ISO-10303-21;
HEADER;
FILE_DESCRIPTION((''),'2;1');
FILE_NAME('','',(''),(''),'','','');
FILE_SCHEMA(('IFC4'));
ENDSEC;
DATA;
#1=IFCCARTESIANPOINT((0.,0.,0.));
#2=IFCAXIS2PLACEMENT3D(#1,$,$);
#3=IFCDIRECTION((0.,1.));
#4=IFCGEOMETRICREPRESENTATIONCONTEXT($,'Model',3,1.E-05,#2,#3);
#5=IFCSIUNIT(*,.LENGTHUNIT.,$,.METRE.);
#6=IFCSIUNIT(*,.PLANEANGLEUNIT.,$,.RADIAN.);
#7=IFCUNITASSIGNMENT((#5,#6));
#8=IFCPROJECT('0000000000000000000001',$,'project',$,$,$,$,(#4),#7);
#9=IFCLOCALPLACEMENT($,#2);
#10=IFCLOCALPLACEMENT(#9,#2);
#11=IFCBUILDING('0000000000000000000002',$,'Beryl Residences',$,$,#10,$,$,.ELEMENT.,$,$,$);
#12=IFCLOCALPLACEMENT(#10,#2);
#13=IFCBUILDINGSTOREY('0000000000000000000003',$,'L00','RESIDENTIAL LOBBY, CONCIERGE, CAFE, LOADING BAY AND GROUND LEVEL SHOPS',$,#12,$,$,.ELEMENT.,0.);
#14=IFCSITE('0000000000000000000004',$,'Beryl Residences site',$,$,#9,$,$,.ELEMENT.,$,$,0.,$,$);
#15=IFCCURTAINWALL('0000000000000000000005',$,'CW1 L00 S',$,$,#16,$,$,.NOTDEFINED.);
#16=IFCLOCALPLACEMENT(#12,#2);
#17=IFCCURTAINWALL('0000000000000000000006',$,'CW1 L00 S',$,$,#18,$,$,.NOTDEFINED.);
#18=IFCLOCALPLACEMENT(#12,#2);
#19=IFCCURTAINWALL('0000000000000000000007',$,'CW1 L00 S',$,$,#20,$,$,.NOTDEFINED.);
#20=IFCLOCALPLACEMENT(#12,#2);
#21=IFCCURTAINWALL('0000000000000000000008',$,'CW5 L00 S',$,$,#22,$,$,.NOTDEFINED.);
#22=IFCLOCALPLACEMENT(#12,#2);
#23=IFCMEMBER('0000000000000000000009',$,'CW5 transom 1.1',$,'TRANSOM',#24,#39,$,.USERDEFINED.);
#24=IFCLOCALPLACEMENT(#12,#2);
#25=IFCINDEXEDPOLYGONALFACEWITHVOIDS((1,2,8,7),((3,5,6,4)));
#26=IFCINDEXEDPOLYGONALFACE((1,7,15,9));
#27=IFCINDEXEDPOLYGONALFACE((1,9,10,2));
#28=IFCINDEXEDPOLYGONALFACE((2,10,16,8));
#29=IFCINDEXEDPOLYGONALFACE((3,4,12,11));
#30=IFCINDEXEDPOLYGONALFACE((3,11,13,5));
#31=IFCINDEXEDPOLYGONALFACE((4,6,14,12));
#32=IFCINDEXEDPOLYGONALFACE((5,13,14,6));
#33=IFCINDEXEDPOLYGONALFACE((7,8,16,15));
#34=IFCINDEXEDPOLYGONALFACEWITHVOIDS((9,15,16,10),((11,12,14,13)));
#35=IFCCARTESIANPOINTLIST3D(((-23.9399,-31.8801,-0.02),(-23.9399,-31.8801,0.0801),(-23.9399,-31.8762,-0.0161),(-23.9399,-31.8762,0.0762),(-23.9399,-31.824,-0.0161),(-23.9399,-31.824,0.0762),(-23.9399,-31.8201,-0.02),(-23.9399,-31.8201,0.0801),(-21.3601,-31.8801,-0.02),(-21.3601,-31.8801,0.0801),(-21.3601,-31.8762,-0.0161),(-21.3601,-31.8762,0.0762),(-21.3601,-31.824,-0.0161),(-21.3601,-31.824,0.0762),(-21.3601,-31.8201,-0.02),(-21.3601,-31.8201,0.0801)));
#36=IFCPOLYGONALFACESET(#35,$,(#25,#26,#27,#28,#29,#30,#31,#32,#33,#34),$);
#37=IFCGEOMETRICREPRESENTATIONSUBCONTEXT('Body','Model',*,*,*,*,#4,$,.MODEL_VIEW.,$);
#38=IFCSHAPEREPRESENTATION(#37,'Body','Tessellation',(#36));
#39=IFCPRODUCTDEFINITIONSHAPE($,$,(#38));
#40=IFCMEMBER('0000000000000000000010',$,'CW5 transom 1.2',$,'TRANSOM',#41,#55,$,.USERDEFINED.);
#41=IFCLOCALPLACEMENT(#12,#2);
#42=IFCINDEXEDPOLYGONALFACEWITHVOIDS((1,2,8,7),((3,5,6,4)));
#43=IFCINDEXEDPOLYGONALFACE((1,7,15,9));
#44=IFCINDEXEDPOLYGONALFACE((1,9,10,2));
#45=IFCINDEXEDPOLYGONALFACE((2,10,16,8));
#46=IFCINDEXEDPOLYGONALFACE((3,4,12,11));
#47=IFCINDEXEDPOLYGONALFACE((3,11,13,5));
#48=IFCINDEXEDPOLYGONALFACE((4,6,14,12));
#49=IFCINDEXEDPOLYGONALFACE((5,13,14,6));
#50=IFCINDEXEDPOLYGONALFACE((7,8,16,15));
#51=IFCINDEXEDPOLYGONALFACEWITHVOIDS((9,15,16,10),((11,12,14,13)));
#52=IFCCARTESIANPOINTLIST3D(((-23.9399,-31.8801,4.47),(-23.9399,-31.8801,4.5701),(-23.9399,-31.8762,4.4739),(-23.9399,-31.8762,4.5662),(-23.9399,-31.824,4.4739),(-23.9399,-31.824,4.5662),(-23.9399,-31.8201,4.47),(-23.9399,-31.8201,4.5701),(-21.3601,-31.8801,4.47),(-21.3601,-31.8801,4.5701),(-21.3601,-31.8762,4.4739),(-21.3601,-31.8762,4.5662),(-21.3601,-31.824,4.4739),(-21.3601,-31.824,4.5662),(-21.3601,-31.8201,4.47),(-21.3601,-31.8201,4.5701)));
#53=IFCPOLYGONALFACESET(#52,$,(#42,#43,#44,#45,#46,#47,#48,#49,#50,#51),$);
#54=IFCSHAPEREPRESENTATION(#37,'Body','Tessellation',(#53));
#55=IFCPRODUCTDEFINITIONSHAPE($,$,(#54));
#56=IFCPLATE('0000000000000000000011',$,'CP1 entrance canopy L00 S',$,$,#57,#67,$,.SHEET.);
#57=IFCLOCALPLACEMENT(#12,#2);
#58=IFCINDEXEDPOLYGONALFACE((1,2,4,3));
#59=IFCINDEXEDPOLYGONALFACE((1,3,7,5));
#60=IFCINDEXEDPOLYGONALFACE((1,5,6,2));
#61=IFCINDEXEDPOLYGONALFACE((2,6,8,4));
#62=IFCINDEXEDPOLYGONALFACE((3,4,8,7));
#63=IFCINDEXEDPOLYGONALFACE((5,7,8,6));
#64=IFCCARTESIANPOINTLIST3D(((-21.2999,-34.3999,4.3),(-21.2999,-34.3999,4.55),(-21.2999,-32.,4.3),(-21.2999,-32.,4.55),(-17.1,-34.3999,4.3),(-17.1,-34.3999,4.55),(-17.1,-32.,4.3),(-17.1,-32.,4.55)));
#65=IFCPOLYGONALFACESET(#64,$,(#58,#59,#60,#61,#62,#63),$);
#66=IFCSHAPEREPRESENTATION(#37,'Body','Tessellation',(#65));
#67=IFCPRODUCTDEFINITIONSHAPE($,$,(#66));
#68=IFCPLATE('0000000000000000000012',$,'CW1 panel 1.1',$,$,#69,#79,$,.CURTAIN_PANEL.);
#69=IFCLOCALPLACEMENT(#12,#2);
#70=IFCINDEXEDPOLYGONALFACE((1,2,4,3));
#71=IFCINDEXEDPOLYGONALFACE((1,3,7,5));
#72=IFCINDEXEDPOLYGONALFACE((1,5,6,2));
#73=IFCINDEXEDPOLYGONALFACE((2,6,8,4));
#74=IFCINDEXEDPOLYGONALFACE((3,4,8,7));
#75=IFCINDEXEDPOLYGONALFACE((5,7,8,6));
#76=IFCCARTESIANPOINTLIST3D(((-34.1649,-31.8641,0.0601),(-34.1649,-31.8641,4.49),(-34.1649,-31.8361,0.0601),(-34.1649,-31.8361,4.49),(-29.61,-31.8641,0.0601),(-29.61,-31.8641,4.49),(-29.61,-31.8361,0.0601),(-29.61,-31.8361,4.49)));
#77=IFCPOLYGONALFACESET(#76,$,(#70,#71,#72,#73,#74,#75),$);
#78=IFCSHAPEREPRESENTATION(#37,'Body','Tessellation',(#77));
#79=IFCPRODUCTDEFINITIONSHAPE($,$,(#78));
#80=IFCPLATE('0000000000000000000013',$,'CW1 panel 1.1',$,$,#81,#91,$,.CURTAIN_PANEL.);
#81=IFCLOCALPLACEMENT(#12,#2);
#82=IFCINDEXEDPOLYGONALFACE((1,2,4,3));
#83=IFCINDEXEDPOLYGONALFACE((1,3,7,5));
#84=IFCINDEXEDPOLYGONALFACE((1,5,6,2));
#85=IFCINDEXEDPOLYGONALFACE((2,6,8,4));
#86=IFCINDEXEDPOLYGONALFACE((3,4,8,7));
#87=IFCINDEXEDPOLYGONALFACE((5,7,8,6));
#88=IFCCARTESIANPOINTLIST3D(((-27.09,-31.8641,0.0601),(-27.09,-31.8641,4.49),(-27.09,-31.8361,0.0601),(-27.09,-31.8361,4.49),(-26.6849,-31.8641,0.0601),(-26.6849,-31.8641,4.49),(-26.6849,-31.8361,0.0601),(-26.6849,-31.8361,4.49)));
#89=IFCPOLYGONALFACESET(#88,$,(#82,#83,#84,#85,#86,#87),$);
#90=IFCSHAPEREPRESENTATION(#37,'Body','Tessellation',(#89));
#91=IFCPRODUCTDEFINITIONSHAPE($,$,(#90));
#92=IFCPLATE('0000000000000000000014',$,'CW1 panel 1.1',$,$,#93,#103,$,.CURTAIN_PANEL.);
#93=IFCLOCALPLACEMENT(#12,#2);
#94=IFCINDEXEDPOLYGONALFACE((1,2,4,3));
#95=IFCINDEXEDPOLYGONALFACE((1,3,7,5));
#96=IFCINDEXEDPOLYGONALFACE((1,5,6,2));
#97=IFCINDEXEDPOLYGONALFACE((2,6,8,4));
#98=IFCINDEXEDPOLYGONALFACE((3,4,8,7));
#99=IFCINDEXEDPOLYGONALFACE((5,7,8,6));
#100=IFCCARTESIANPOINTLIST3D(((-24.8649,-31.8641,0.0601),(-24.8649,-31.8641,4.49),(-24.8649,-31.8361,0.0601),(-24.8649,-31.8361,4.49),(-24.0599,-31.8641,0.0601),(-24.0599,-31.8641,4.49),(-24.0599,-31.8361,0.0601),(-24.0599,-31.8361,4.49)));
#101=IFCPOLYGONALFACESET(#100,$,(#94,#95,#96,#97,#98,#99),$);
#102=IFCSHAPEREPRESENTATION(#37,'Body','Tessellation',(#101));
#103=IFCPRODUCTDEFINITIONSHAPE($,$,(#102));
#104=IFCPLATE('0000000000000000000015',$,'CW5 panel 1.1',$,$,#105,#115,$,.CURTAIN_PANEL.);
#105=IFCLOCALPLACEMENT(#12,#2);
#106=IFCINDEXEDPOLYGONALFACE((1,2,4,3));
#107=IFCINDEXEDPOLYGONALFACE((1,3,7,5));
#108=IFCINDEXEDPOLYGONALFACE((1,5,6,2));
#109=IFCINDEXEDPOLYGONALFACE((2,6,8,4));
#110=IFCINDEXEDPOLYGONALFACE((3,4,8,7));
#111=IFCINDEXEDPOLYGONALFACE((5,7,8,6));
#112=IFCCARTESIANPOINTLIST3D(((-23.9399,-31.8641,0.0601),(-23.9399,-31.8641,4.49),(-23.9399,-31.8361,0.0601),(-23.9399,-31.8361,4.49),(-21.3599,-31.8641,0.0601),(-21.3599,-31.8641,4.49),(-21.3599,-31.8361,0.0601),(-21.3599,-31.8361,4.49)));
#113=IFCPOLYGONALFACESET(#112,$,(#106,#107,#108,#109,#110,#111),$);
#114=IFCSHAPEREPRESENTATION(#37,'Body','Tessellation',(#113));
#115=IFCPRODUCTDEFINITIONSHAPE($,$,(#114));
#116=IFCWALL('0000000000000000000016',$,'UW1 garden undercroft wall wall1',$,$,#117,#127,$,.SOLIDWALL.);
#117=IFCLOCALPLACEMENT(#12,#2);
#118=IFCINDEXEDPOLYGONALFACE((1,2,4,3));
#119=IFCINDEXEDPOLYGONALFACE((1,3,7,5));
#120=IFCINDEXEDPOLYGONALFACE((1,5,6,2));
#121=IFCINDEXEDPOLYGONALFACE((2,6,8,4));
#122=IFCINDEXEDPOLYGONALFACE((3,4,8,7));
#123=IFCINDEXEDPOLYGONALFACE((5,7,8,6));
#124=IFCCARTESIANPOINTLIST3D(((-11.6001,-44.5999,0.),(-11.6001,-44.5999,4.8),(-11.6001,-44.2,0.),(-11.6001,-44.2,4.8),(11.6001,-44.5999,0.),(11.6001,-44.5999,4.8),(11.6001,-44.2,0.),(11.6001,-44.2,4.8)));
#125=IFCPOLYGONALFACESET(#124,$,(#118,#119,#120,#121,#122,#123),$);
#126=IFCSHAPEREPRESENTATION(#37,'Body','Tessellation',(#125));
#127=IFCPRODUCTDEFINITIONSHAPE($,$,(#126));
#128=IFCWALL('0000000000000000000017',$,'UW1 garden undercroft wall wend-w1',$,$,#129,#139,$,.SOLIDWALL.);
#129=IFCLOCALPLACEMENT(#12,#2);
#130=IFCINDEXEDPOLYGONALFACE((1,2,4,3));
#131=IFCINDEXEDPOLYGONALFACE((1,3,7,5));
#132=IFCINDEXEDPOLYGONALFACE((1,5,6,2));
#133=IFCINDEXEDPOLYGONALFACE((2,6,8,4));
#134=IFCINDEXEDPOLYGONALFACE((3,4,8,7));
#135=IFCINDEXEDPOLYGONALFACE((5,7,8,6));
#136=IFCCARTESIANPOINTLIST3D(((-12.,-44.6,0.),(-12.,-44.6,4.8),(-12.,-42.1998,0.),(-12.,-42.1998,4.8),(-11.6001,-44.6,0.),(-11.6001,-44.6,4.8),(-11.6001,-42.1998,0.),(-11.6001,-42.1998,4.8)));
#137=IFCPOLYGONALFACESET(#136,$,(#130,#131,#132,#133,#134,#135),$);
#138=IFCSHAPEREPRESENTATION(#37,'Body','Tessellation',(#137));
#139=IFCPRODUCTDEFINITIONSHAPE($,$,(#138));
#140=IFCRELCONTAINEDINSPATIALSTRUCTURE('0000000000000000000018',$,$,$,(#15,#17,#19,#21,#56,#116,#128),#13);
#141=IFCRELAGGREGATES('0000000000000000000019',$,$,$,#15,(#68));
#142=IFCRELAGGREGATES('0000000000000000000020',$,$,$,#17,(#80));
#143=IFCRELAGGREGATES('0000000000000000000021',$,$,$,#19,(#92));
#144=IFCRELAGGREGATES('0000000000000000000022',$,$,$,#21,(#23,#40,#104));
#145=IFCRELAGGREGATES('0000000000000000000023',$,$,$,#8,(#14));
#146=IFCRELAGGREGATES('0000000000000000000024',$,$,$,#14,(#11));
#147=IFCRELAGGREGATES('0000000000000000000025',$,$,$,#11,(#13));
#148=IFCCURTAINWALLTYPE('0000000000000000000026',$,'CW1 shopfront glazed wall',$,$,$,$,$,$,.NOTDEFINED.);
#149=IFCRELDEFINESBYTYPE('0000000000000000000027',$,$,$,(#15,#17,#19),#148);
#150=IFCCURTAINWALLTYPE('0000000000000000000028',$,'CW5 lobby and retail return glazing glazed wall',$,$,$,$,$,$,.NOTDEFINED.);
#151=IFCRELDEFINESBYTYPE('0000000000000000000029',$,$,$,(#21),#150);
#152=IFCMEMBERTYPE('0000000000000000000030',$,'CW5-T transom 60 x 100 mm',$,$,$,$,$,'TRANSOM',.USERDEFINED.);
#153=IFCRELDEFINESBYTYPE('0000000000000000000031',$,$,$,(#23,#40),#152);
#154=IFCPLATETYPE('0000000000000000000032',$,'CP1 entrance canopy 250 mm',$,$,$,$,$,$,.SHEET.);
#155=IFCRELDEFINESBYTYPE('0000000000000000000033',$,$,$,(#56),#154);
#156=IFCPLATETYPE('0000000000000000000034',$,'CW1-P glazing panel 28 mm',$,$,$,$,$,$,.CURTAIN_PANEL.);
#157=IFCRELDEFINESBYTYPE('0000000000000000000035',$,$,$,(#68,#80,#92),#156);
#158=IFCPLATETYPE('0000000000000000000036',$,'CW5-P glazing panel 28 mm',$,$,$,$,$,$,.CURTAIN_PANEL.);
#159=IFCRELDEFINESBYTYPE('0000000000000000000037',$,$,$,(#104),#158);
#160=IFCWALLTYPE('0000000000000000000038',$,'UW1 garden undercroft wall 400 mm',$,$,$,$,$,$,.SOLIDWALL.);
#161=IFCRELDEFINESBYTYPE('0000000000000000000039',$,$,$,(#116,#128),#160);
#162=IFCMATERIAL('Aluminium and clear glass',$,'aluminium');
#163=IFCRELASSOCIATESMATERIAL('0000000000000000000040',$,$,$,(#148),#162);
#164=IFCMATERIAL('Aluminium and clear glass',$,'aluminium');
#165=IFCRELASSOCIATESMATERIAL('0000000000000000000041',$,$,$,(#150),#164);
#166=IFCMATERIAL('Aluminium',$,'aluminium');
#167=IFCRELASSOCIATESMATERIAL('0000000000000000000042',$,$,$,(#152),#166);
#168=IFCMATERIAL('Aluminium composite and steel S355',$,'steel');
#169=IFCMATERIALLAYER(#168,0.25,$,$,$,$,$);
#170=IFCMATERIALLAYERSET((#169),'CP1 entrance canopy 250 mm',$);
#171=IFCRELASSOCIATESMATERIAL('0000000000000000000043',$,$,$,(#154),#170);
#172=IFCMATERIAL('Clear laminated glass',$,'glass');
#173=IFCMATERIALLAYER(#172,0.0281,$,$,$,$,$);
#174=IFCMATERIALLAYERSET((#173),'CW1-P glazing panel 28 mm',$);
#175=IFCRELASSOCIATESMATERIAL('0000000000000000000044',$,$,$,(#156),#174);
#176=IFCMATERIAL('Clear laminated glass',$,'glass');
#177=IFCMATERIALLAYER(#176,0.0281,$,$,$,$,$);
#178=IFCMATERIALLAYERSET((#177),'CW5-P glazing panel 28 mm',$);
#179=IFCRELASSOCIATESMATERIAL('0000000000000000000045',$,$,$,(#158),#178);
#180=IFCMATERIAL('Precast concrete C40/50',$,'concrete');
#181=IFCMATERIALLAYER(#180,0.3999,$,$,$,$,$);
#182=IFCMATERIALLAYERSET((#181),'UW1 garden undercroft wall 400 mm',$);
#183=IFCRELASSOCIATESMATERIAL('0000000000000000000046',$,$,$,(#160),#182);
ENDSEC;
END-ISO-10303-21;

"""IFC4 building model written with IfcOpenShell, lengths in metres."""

from ifc_helpers import new_model, si_unit, direction, frame, frame_2d, origin, origin_2d, place, context, subcontext, project, spatial, rectangle, hollow_rectangle, extrude, material, layer, layer_set, material_profile, profile_set, type_object, element, aggregate, save


model = new_model("IFC4")

# Units and contexts
model_context = context("Model", 3, precision=1e-05, world=origin(), true_north=direction((0.0, 1.0)))
body_context = subcontext(model_context, "Body", "Model", "MODEL_VIEW")
ifc_project = project(units=[si_unit("LENGTHUNIT", "METRE"), si_unit("PLANEANGLEUNIT", "RADIAN")], contexts=[model_context])

# Site, building, storey
site_placement = place(None, origin())
site = spatial("IfcSite", under=ifc_project, at=site_placement, Name="Beryl Residences site", CompositionType="ELEMENT", RefElevation=0.0)
building_placement = place(site_placement, origin())
building = spatial("IfcBuilding", under=site, at=building_placement, Name="Beryl Residences", CompositionType="ELEMENT")
storey_placement = place(building_placement, origin())
storey = spatial("IfcBuildingStorey", under=building, at=storey_placement, Name="L00", Description="RESIDENTIAL LOBBY, CONCIERGE, CAFE, LOADING BAY AND GROUND LEVEL SHOPS", CompositionType="ELEMENT", Elevation=0.0)

# Curtain wall
ifc_material_1 = material(Name="Aluminium and clear glass", Category="aluminium")
curtain_wall_type_1 = type_object("IfcCurtainWallType", Name="CW1 shopfront glazed wall", PredefinedType="NOTDEFINED", material=ifc_material_1)
curtain_wall_1_placement = place(storey_placement, origin())
curtain_wall_1 = element("IfcCurtainWall", 1, at=curtain_wall_1_placement, inside=storey, type_object=curtain_wall_type_1, Name="CW1 L00 S", PredefinedType="NOTDEFINED")

# Curtain walls
curtain_wall_2_placement = place(storey_placement, origin())
curtain_wall_2 = element("IfcCurtainWall", 2, at=curtain_wall_2_placement, inside=storey, type_object=curtain_wall_type_1, Name="CW1 L00 S", PredefinedType="NOTDEFINED")
curtain_wall_3_placement = place(storey_placement, origin())
curtain_wall_3 = element("IfcCurtainWall", 3, at=curtain_wall_3_placement, inside=storey, type_object=curtain_wall_type_1, Name="CW1 L00 S", PredefinedType="NOTDEFINED")

# Curtain wall, members
ifc_material_2 = material(Name="Aluminium and clear glass", Category="aluminium")
curtain_wall_type_2 = type_object("IfcCurtainWallType", Name="CW5 lobby and retail return glazing glazed wall", PredefinedType="NOTDEFINED", material=ifc_material_2)
curtain_wall_4_placement = place(storey_placement, origin())
curtain_wall_4 = element("IfcCurtainWall", 4, at=curtain_wall_4_placement, inside=storey, type_object=curtain_wall_type_2, Name="CW5 L00 S", PredefinedType="NOTDEFINED")
ifc_material_3 = material(Name="Aluminium", Category="aluminium")
ifc_material_profile_1 = material_profile(ifc_material_3, hollow_rectangle(XDim=0.0601, YDim=0.1001, WallThickness=0.0039, at=origin_2d()))
ifc_profile_set_1 = profile_set([ifc_material_profile_1], Name="Aluminium")
member_type_1 = type_object("IfcMemberType", Name="CW5-T transom 60 x 100 mm", ElementType="TRANSOM", PredefinedType="USERDEFINED", material=ifc_profile_set_1)
member_1_placement = place(storey_placement, frame((-23.9399, -31.8501, 0.03), z_axis=(1.0, 0.0, 0.0), x_axis=(0.0, 1.0, 0.0)))
member_1 = element("IfcMember", 5, at=member_1_placement, type_object=member_type_1, Name="CW5 transom 1.1", ObjectType="TRANSOM", PredefinedType="USERDEFINED", context=body_context, shape_type="SweptSolid", body=[
    extrude(hollow_rectangle(XDim=0.0601, YDim=0.1001, WallThickness=0.0039, at=origin_2d()), origin(), (0.0, 0.0, 1.0), 2.5798),
])
member_2_placement = place(storey_placement, frame((-23.9399, -31.8501, 4.52), z_axis=(1.0, 0.0, 0.0), x_axis=(0.0, 1.0, 0.0)))
member_2 = element("IfcMember", 6, at=member_2_placement, type_object=member_type_1, Name="CW5 transom 1.2", ObjectType="TRANSOM", PredefinedType="USERDEFINED", context=body_context, shape_type="SweptSolid", body=[
    extrude(hollow_rectangle(XDim=0.0601, YDim=0.1001, WallThickness=0.0039, at=origin_2d()), origin(), (0.0, 0.0, 1.0), 2.5798),
])

# Plates
ifc_material_4 = material(Name="Aluminium composite and steel S355", Category="steel")
ifc_layer_1 = layer(ifc_material_4, 0.25)
ifc_layer_set_1 = layer_set([ifc_layer_1], Name="CP1 entrance canopy 250 mm")
plate_type_1 = type_object("IfcPlateType", Name="CP1 entrance canopy 250 mm", PredefinedType="SHEET", material=ifc_layer_set_1)
plate_1_placement = place(storey_placement, frame((-19.2, -33.2, 4.3), z_axis=(0.0, 0.0, 1.0), x_axis=(0.0, -1.0, 0.0)))
element("IfcPlate", 7, at=plate_1_placement, inside=storey, type_object=plate_type_1, Name="CP1 entrance canopy L00 S", PredefinedType="SHEET", context=body_context, shape_type="SweptSolid", body=[
    extrude(rectangle(XDim=2.3999, YDim=4.2, at=origin_2d()), origin(), (0.0, 0.0, 1.0), 0.25),
])
ifc_material_5 = material(Name="Clear laminated glass", Category="glass")
ifc_layer_2 = layer(ifc_material_5, 0.0281)
ifc_layer_set_2 = layer_set([ifc_layer_2], Name="CW1-P glazing panel 28 mm")
plate_type_2 = type_object("IfcPlateType", Name="CW1-P glazing panel 28 mm", PredefinedType="CURTAIN_PANEL", material=ifc_layer_set_2)
plate_2_placement = place(storey_placement, frame((-31.8875, -31.8501, 0.0601), z_axis=(0.0, 0.0, 1.0), x_axis=(1.0, 0.0, 0.0)))
plate_2 = element("IfcPlate", 8, at=plate_2_placement, type_object=plate_type_2, Name="CW1 panel 1.1", PredefinedType="CURTAIN_PANEL", context=body_context, shape_type="SweptSolid", body=[
    extrude(rectangle(XDim=4.5549, YDim=0.0281, at=origin_2d()), origin(), (0.0, 0.0, 1.0), 4.4299),
])
aggregate(curtain_wall_1, [plate_2])
plate_3_placement = place(storey_placement, frame((-26.8875, -31.8501, 0.0601), z_axis=(0.0, 0.0, 1.0), x_axis=(1.0, 0.0, 0.0)))
plate_3 = element("IfcPlate", 9, at=plate_3_placement, type_object=plate_type_2, Name="CW1 panel 1.1", PredefinedType="CURTAIN_PANEL", context=body_context, shape_type="SweptSolid", body=[
    extrude(rectangle(XDim=0.405, YDim=0.0281, at=origin_2d()), origin(), (0.0, 0.0, 1.0), 4.4299),
])
aggregate(curtain_wall_2, [plate_3])
plate_4_placement = place(storey_placement, frame((-24.4624, -31.8501, 0.0601), z_axis=(0.0, 0.0, 1.0), x_axis=(1.0, 0.0, 0.0)))
plate_4 = element("IfcPlate", 10, at=plate_4_placement, type_object=plate_type_2, Name="CW1 panel 1.1", PredefinedType="CURTAIN_PANEL", context=body_context, shape_type="SweptSolid", body=[
    extrude(rectangle(XDim=0.8049, YDim=0.0281, at=origin_2d()), origin(), (0.0, 0.0, 1.0), 4.4299),
])
aggregate(curtain_wall_3, [plate_4])
ifc_material_6 = material(Name="Clear laminated glass", Category="glass")
ifc_layer_3 = layer(ifc_material_6, 0.0281)
ifc_layer_set_3 = layer_set([ifc_layer_3], Name="CW5-P glazing panel 28 mm")
plate_type_3 = type_object("IfcPlateType", Name="CW5-P glazing panel 28 mm", PredefinedType="CURTAIN_PANEL", material=ifc_layer_set_3)
plate_5_placement = place(storey_placement, frame((-22.6499, -31.8501, 0.0601), z_axis=(0.0, 0.0, 1.0), x_axis=(1.0, 0.0, 0.0)))
plate_5 = element("IfcPlate", 11, at=plate_5_placement, type_object=plate_type_3, Name="CW5 panel 1.1", PredefinedType="CURTAIN_PANEL", context=body_context, shape_type="SweptSolid", body=[
    extrude(rectangle(XDim=2.5801, YDim=0.0281, at=origin_2d()), origin(), (0.0, 0.0, 1.0), 4.4299),
])
aggregate(curtain_wall_4, [member_1, member_2, plate_5])

# Walls
ifc_material_7 = material(Name="Precast concrete C40/50", Category="concrete")
ifc_layer_4 = layer(ifc_material_7, 0.3999)
ifc_layer_set_4 = layer_set([ifc_layer_4], Name="UW1 garden undercroft wall 400 mm")
wall_type_1 = type_object("IfcWallType", Name="UW1 garden undercroft wall 400 mm", PredefinedType="SOLIDWALL", material=ifc_layer_set_4)
wall_1_placement = place(storey_placement, frame((-11.6001, -44.3999, 0.0), z_axis=(0.0, 0.0, 1.0), x_axis=(1.0, 0.0, 0.0)))
element("IfcWall", 12, at=wall_1_placement, inside=storey, type_object=wall_type_1, Name="UW1 garden undercroft wall wall1", PredefinedType="SOLIDWALL", context=body_context, shape_type="SweptSolid", body=[
    extrude(rectangle(XDim=23.2002, YDim=0.3999, at=frame_2d((11.6001, 0.0))), origin(), (0.0, 0.0, 1.0), 4.8),
])
wall_2_placement = place(storey_placement, frame((-11.8, -44.6001, 0.0), z_axis=(0.0, 0.0, 1.0), x_axis=(0.0, 1.0, 0.0)))
element("IfcWall", 13, at=wall_2_placement, inside=storey, type_object=wall_type_1, Name="UW1 garden undercroft wall wend-w1", PredefinedType="SOLIDWALL", context=body_context, shape_type="SweptSolid", body=[
    extrude(rectangle(XDim=2.4001, YDim=0.3999, at=frame_2d((1.2002, 0.0))), origin(), (0.0, 0.0, 1.0), 4.8),
])

save(model, "model.ifc")
